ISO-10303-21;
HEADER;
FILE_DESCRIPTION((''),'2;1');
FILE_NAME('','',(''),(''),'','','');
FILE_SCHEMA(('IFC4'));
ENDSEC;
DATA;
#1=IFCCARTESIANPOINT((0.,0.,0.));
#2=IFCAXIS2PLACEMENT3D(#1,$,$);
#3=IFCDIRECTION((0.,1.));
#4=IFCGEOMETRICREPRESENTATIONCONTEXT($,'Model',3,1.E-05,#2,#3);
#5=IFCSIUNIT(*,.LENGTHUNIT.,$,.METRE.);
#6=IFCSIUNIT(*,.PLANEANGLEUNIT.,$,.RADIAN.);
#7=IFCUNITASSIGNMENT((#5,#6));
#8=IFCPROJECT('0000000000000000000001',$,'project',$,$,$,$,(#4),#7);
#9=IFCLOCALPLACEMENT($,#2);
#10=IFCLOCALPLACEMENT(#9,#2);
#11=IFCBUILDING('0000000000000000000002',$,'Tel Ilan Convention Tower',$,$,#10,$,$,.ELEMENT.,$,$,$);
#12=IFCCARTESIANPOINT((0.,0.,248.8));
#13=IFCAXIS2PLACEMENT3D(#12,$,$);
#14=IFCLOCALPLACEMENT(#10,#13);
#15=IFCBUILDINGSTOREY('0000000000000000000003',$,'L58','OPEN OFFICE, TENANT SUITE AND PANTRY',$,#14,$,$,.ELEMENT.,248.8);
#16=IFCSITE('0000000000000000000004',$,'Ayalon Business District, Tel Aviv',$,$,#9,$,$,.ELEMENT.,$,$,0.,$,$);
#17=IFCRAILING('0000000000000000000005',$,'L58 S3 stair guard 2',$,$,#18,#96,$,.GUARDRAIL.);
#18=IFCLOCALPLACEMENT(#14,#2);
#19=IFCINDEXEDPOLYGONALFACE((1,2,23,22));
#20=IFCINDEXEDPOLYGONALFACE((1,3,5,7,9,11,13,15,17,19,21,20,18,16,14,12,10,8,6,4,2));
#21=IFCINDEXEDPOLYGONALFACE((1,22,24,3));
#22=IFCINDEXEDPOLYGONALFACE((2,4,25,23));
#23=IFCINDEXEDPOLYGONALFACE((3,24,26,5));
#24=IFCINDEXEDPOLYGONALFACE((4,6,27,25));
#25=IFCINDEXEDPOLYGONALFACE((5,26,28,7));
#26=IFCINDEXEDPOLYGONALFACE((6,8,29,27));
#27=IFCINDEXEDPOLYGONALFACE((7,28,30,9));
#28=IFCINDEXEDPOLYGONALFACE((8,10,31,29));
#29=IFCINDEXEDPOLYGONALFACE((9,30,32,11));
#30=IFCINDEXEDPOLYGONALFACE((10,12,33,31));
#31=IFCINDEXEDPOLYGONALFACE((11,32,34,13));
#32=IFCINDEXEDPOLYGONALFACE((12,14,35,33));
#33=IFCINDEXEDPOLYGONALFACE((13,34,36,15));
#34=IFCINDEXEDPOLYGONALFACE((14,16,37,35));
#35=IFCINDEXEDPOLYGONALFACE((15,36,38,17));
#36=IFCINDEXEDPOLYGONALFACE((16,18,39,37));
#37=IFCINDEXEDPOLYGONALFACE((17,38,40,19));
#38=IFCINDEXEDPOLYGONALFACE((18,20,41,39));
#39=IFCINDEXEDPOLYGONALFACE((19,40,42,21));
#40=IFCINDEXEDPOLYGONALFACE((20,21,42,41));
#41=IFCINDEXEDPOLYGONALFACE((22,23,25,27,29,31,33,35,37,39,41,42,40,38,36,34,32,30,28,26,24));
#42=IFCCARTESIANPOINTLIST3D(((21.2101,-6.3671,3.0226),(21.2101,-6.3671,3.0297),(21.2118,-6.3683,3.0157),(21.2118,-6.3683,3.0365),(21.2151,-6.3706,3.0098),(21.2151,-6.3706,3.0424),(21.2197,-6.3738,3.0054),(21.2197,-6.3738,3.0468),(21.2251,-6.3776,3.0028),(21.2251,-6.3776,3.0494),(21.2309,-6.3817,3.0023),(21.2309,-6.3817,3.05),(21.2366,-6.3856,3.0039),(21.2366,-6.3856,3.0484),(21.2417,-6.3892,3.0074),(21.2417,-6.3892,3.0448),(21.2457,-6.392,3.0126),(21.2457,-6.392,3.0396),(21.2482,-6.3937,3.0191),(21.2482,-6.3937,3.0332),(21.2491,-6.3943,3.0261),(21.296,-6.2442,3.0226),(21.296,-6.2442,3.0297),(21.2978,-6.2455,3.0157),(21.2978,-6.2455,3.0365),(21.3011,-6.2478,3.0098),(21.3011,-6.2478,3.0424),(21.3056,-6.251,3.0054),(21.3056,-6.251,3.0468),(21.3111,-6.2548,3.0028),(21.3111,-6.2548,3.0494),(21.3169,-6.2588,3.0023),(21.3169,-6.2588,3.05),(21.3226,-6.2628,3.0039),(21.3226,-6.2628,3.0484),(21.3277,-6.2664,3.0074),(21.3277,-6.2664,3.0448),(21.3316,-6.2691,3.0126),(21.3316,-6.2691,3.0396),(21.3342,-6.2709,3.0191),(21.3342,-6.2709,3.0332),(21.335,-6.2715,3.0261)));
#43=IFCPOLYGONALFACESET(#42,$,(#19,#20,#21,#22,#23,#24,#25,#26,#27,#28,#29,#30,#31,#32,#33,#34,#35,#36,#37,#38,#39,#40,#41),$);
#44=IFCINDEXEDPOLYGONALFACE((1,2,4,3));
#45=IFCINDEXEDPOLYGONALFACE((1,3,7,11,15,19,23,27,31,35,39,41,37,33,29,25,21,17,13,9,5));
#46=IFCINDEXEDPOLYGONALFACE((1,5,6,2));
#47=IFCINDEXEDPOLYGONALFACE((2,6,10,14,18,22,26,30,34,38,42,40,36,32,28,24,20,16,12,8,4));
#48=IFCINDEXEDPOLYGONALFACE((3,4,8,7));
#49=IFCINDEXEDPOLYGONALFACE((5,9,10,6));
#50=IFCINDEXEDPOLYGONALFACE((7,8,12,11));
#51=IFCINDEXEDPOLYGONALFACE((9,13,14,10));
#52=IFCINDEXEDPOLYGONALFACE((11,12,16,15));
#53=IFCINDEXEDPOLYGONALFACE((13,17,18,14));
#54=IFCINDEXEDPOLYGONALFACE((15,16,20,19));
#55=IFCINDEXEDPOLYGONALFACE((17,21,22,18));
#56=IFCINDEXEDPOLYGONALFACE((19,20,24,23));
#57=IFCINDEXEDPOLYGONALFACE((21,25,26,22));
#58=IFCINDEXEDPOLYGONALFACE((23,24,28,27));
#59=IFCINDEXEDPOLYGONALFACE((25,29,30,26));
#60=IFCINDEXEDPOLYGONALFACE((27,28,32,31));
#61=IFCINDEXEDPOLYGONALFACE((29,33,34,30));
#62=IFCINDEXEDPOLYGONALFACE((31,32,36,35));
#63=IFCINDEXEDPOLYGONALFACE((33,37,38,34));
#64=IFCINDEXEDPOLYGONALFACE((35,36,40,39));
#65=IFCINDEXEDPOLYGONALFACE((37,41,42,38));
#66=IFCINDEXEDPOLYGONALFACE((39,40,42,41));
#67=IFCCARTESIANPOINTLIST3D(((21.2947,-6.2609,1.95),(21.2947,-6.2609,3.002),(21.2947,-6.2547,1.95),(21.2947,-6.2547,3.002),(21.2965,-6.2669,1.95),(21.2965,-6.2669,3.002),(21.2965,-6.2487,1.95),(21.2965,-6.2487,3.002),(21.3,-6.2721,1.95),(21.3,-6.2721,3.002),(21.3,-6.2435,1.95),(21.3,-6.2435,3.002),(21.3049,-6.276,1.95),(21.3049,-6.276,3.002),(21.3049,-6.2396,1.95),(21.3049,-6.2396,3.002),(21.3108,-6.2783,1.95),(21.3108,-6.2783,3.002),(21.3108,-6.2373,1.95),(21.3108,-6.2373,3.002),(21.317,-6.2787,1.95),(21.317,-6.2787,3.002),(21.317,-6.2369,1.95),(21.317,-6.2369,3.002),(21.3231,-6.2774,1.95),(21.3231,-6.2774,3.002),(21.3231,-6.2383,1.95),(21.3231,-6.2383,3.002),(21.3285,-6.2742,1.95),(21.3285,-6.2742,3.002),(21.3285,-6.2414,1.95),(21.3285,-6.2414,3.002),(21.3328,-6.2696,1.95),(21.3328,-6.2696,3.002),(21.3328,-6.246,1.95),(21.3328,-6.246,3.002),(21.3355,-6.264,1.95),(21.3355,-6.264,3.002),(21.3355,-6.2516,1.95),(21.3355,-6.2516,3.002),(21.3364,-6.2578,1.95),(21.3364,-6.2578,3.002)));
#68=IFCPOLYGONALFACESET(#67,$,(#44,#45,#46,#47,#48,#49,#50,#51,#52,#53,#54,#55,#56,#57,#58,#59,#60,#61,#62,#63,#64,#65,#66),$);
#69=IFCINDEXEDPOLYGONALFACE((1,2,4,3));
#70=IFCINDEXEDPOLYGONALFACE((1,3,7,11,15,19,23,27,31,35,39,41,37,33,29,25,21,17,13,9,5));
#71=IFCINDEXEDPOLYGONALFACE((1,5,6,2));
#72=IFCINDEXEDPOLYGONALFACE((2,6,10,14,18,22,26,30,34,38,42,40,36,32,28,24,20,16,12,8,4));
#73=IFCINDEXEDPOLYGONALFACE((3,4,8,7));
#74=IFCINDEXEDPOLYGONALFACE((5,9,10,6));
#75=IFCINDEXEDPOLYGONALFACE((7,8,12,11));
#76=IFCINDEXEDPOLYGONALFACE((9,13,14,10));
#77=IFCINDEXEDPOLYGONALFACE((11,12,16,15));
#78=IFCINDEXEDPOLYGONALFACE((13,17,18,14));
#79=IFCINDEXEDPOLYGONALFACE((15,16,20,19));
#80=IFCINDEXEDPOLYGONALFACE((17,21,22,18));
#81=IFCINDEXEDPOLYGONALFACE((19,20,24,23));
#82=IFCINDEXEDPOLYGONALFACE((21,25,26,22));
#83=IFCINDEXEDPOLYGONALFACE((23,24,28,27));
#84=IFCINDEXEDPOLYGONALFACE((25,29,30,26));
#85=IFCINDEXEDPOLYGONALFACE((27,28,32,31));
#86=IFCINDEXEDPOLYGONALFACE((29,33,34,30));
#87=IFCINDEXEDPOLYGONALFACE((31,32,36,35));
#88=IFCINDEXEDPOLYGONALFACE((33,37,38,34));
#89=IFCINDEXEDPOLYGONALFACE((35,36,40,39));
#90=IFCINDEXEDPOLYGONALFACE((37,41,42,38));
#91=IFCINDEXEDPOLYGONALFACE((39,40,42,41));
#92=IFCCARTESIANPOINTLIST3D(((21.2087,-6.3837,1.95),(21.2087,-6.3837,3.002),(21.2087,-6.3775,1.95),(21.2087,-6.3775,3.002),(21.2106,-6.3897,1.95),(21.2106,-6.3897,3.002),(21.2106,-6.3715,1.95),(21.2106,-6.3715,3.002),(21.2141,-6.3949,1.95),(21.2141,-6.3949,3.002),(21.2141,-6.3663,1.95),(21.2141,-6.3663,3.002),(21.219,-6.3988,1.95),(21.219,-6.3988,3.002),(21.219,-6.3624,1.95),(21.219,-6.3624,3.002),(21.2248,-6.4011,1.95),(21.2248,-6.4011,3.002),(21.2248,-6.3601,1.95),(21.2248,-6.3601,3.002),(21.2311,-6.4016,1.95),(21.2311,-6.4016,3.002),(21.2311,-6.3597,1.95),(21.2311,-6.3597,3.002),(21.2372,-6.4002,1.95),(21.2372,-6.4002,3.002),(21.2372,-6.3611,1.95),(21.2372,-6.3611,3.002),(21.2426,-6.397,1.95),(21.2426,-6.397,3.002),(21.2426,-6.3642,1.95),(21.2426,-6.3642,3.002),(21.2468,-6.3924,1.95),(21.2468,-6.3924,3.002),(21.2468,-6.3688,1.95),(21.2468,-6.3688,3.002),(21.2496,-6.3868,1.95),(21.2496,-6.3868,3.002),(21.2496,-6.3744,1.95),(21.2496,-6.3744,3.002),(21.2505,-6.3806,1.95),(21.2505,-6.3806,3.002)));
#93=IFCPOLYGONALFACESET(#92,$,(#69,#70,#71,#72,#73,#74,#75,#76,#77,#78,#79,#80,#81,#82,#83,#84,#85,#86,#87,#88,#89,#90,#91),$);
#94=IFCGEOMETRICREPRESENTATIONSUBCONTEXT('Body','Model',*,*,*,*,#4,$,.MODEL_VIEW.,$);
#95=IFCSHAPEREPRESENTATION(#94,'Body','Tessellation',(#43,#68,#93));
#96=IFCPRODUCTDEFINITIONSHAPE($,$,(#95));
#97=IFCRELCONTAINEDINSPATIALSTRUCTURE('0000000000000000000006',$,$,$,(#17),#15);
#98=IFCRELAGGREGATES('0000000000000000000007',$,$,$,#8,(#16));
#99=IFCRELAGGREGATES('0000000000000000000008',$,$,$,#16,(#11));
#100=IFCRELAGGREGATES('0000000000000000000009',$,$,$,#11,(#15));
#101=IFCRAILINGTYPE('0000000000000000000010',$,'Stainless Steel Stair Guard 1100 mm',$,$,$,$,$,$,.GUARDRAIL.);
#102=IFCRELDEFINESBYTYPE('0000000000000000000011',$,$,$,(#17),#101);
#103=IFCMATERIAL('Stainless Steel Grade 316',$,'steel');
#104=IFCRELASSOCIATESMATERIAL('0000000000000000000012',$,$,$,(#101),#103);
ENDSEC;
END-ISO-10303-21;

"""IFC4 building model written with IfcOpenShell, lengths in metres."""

from ifc_helpers import new_model, si_unit, direction, frame, origin, origin_2d, place, context, subcontext, project, spatial, circle, extrude, material, type_object, element, save


model = new_model("IFC4")

# Units and contexts
model_context = context("Model", 3, precision=1e-05, world=origin(), true_north=direction((0.0, 1.0)))
body_context = subcontext(model_context, "Body", "Model", "MODEL_VIEW")
ifc_project = project(units=[si_unit("LENGTHUNIT", "METRE"), si_unit("PLANEANGLEUNIT", "RADIAN")], contexts=[model_context])

# Site, building, storey
site_placement = place(None, origin())
site = spatial("IfcSite", under=ifc_project, at=site_placement, Name="Ayalon Business District, Tel Aviv", CompositionType="ELEMENT", RefElevation=0.0)
building_placement = place(site_placement, origin())
building = spatial("IfcBuilding", under=site, at=building_placement, Name="Tel Ilan Convention Tower", CompositionType="ELEMENT")
storey_placement = place(building_placement, frame((0.0, 0.0, 248.8)))
storey = spatial("IfcBuildingStorey", under=building, at=storey_placement, Name="L58", Description="OPEN OFFICE, TENANT SUITE AND PANTRY", CompositionType="ELEMENT", Elevation=248.8)

# Railing
ifc_material_1 = material(Name="Stainless Steel Grade 316", Category="steel")
railing_type_1 = type_object("IfcRailingType", Name="Stainless Steel Stair Guard 1100 mm", PredefinedType="GUARDRAIL", material=ifc_material_1)
railing_1_placement = place(storey_placement, frame((21.3154, -6.2578, 1.95)))
element("IfcRailing", 1, at=railing_1_placement, inside=storey, type_object=railing_type_1, Name="L58 S3 stair guard 2", PredefinedType="GUARDRAIL", context=body_context, shape_type="SweptSolid", body=[
    extrude(circle(Radius=0.0239, at=origin_2d()), frame((0.0, 0.0, 1.0762), z_axis=(-0.573353, -0.819308, 0.0), x_axis=(0.819308, -0.573353, 0.0)), (0.0, 0.0, 1.0), 0.1499),
    extrude(circle(Radius=0.021, at=origin_2d()), origin(), (0.0, 0.0, 1.0), 1.052),
    extrude(circle(Radius=0.021, at=origin_2d()), frame((-0.0859, -0.1228, 0.0)), (0.0, 0.0, 1.0), 1.052),
])

save(model, "model.ifc")
